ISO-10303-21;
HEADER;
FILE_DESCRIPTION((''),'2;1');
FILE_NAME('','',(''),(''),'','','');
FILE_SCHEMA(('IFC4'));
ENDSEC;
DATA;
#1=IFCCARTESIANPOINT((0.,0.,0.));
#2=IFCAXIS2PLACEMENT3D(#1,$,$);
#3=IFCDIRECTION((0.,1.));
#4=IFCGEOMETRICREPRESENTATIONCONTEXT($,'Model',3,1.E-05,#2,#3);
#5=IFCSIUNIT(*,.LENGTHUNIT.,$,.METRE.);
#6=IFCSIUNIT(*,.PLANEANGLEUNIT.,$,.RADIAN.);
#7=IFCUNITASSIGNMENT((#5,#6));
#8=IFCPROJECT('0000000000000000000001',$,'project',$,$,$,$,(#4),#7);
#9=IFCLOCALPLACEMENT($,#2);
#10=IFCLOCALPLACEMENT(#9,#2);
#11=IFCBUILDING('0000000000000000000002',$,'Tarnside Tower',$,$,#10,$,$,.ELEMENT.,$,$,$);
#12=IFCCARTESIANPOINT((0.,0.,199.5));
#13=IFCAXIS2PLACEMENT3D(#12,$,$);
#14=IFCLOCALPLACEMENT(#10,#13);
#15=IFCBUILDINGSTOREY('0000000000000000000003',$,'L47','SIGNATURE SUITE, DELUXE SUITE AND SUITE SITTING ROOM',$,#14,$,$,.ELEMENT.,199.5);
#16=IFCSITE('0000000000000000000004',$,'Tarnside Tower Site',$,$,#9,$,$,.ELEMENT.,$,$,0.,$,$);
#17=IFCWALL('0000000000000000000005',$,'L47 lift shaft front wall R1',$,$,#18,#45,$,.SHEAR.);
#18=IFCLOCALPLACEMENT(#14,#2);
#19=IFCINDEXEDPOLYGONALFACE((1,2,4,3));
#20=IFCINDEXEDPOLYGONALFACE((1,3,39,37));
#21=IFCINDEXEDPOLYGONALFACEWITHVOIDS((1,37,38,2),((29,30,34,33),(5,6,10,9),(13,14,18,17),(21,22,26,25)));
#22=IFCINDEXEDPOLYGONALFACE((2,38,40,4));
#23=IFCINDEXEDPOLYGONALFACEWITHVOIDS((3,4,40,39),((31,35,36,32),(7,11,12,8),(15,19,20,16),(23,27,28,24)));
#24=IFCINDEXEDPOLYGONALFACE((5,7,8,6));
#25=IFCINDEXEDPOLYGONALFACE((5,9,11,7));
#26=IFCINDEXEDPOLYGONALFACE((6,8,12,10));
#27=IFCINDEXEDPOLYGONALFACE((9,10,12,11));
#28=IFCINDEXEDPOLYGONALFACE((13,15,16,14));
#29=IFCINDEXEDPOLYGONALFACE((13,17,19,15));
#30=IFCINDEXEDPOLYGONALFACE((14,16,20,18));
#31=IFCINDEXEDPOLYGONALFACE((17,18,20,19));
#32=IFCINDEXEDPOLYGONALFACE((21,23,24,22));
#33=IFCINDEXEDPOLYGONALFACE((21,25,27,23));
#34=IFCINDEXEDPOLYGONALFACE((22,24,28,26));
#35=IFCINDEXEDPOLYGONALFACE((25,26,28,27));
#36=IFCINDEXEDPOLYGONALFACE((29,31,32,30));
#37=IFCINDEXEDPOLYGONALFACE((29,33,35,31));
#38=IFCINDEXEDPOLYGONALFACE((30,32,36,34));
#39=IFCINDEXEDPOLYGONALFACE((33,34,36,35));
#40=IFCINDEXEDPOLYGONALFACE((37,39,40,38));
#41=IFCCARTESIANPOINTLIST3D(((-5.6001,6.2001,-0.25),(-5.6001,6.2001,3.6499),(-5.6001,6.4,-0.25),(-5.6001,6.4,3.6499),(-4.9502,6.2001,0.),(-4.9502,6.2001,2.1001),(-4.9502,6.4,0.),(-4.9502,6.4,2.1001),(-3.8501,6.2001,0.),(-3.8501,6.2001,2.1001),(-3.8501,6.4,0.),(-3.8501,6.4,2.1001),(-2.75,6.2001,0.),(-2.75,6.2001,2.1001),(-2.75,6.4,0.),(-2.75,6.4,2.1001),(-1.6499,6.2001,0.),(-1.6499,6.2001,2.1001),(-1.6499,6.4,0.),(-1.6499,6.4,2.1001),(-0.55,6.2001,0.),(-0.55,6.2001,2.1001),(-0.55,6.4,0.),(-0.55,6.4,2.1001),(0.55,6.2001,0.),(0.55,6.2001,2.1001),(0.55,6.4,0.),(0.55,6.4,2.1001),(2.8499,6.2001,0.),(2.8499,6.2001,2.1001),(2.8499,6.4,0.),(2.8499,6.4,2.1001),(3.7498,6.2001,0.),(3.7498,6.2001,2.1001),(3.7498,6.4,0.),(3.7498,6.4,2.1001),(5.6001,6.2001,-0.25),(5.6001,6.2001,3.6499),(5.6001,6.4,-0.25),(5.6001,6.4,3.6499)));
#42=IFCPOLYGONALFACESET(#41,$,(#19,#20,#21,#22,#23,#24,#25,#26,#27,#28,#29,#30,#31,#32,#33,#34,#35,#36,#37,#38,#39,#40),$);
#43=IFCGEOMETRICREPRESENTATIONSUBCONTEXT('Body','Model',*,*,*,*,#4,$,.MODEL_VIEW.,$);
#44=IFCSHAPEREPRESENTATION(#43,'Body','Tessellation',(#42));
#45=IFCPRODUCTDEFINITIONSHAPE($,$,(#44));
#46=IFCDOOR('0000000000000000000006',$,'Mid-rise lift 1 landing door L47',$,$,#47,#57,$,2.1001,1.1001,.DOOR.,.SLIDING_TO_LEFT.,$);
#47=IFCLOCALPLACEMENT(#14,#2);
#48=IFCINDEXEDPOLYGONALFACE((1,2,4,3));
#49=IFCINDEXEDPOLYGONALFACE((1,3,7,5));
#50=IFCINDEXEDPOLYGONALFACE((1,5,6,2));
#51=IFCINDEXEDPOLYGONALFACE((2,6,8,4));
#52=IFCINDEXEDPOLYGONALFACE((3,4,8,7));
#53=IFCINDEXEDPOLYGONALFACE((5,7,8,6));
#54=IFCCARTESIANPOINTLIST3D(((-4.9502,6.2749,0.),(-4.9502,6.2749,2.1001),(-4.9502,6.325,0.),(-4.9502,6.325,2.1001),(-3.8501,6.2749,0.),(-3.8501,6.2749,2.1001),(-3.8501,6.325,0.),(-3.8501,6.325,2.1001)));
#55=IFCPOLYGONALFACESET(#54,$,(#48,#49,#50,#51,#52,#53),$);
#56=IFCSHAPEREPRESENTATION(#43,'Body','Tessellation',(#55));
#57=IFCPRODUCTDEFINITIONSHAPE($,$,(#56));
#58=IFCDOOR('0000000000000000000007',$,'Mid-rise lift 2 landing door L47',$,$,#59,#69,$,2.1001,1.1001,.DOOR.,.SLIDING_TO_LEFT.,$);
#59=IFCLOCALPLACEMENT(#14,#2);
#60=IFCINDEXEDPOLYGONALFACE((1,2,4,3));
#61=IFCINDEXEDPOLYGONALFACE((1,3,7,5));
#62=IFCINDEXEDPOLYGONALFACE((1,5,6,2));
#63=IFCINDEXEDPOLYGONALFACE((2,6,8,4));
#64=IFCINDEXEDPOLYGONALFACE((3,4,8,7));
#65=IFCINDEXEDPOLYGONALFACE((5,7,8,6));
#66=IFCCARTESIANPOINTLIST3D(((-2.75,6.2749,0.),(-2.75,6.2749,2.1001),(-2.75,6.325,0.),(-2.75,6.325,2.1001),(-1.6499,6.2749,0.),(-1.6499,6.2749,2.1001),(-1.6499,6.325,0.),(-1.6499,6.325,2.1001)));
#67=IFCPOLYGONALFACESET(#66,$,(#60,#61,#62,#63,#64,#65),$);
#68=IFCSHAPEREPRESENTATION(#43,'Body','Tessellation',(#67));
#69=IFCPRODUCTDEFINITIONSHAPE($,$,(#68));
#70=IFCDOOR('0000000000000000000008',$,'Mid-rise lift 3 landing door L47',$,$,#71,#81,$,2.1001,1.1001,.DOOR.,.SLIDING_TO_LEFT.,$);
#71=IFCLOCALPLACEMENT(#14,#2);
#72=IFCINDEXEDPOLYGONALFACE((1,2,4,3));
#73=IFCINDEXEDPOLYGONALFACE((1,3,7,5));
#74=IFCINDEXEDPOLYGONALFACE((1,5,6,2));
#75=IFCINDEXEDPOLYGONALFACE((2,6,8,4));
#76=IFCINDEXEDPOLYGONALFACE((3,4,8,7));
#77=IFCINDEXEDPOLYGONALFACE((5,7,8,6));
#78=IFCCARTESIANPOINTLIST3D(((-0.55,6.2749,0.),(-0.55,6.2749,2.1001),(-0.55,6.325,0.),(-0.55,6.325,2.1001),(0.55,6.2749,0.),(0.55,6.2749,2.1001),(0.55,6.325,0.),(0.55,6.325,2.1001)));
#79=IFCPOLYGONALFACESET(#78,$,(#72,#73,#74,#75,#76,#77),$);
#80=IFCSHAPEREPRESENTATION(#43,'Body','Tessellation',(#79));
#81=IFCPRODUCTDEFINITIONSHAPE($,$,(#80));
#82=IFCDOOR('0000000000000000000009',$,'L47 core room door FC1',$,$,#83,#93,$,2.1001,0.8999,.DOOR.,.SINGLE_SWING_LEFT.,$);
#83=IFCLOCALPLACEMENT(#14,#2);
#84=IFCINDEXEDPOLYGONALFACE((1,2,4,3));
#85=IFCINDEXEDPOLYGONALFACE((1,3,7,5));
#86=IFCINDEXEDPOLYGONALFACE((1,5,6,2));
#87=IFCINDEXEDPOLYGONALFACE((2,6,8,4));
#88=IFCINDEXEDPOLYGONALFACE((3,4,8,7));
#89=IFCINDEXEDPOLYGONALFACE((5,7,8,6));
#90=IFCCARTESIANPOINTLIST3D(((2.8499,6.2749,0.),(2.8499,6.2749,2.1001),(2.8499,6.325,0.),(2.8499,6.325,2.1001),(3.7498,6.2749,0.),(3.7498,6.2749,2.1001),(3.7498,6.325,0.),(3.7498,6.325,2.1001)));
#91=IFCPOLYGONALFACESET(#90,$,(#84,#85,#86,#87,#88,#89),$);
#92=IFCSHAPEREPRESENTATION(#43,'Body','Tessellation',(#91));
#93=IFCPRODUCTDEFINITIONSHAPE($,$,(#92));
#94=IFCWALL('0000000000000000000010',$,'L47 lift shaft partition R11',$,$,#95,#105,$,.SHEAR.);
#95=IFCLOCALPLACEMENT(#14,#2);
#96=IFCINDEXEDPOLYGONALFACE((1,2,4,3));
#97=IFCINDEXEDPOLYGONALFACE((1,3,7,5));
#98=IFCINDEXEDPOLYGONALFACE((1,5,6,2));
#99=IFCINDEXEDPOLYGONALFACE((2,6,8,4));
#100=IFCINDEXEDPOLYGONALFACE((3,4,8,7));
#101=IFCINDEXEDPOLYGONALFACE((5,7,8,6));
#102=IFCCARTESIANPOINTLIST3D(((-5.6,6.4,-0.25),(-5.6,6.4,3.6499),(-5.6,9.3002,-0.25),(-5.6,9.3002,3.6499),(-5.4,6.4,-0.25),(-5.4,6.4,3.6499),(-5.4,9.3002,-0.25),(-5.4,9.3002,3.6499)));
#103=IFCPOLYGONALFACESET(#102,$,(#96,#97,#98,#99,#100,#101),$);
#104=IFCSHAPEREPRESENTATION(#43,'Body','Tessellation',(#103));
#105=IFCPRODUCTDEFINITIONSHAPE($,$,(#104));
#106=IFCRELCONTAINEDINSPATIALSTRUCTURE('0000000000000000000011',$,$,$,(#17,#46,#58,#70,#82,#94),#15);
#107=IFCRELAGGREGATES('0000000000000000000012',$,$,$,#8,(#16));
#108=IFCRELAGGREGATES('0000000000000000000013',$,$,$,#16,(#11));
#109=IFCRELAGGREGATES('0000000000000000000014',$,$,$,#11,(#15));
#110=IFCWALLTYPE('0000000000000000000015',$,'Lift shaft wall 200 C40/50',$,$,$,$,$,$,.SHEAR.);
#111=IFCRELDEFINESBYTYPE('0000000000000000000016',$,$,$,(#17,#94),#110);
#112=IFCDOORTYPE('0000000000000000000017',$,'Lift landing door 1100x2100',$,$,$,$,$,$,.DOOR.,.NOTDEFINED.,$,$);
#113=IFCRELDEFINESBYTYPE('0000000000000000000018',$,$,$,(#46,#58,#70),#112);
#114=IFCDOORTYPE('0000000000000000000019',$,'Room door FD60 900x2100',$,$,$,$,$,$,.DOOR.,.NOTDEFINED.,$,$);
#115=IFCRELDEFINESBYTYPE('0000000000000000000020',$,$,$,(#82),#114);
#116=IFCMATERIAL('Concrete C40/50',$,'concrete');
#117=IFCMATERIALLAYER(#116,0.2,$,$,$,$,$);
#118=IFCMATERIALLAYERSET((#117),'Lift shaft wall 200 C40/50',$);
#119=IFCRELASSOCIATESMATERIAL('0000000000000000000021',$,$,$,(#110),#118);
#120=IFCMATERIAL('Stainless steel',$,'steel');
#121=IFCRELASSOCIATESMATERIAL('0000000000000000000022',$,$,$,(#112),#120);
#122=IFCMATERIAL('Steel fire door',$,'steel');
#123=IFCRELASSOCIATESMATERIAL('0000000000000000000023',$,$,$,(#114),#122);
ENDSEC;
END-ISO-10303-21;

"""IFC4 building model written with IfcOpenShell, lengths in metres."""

from ifc_helpers import new_model, si_unit, direction, frame, frame_2d, origin, place, context, subcontext, project, spatial, rectangle, extrude, material, layer, layer_set, type_object, element, fill, save


model = new_model("IFC4")

# Units and contexts
model_context = context("Model", 3, precision=1e-05, world=origin(), true_north=direction((0.0, 1.0)))
body_context = subcontext(model_context, "Body", "Model", "MODEL_VIEW")
ifc_project = project(units=[si_unit("LENGTHUNIT", "METRE"), si_unit("PLANEANGLEUNIT", "RADIAN")], contexts=[model_context])

# Site, building, storey
site_placement = place(None, origin())
site = spatial("IfcSite", under=ifc_project, at=site_placement, Name="Tarnside Tower Site", CompositionType="ELEMENT", RefElevation=0.0)
building_placement = place(site_placement, origin())
building = spatial("IfcBuilding", under=site, at=building_placement, Name="Tarnside Tower", CompositionType="ELEMENT")
storey_placement = place(building_placement, frame((0.0, 0.0, 199.5)))
storey = spatial("IfcBuildingStorey", under=building, at=storey_placement, Name="L47", Description="SIGNATURE SUITE, DELUXE SUITE AND SUITE SITTING ROOM", CompositionType="ELEMENT", Elevation=199.5)

# Shared definitions
ifc_material_1 = material(Name="Concrete C40/50", Category="concrete")

# Wall, openings, doors
ifc_layer_1 = layer(ifc_material_1, 0.2)
ifc_layer_set_1 = layer_set([ifc_layer_1], Name="Lift shaft wall 200 C40/50")
wall_type = type_object("IfcWallType", Name="Lift shaft wall 200 C40/50", PredefinedType="SHEAR", material=ifc_layer_set_1)
wall_1_placement = place(storey_placement, frame((-5.6001, 6.3, -0.25), z_axis=(0.0, 0.0, 1.0), x_axis=(1.0, 0.0, 0.0)))
wall_1 = element("IfcWall", 1, at=wall_1_placement, inside=storey, type_object=wall_type, Name="L47 lift shaft front wall R1", PredefinedType="SHEAR", context=body_context, shape_type="SweptSolid", body=[
    extrude(rectangle(XDim=11.2002, YDim=0.2, at=frame_2d((5.6001, 0.0))), origin(), (0.0, 0.0, 1.0), 3.8999),
])
opening_1_placement = place(wall_1_placement, frame((8.45, 0.0, 0.25)))
opening_1 = element("IfcOpeningElement", 2, at=opening_1_placement, cuts=wall_1, PredefinedType="OPENING", context=body_context, shape_type="SweptSolid", body=[
    extrude(rectangle(XDim=0.8999, YDim=2.1001, at=frame_2d((0.45, 1.05))), frame((0.0, 0.1099, 0.0), z_axis=(0.0, -1.0, 0.0), x_axis=(1.0, 0.0, 0.0)), (0.0, 0.0, 1.0), 0.22),
])
opening_2_placement = place(wall_1_placement, frame((0.6499, 0.0, 0.25)))
opening_2 = element("IfcOpeningElement", 3, at=opening_2_placement, cuts=wall_1, PredefinedType="OPENING", context=body_context, shape_type="SweptSolid", body=[
    extrude(rectangle(XDim=1.1001, YDim=2.1001, at=frame_2d((0.55, 1.05))), frame((0.0, 0.1099, 0.0), z_axis=(0.0, -1.0, 0.0), x_axis=(1.0, 0.0, 0.0)), (0.0, 0.0, 1.0), 0.22),
])
opening_3_placement = place(wall_1_placement, frame((2.8501, 0.0, 0.25)))
opening_3 = element("IfcOpeningElement", 4, at=opening_3_placement, cuts=wall_1, PredefinedType="OPENING", context=body_context, shape_type="SweptSolid", body=[
    extrude(rectangle(XDim=1.1001, YDim=2.1001, at=frame_2d((0.55, 1.05))), frame((0.0, 0.1099, 0.0), z_axis=(0.0, -1.0, 0.0), x_axis=(1.0, 0.0, 0.0)), (0.0, 0.0, 1.0), 0.22),
])
opening_4_placement = place(wall_1_placement, frame((5.05, 0.0, 0.25)))
opening_4 = element("IfcOpeningElement", 5, at=opening_4_placement, cuts=wall_1, PredefinedType="OPENING", context=body_context, shape_type="SweptSolid", body=[
    extrude(rectangle(XDim=1.1001, YDim=2.1001, at=frame_2d((0.55, 1.05))), frame((0.0, 0.1099, 0.0), z_axis=(0.0, -1.0, 0.0), x_axis=(1.0, 0.0, 0.0)), (0.0, 0.0, 1.0), 0.22),
])
ifc_material_2 = material(Name="Stainless steel", Category="steel")
door_type_1 = type_object("IfcDoorType", Name="Lift landing door 1100x2100", OperationType="NOTDEFINED", PredefinedType="DOOR", material=ifc_material_2)
door_1_placement = place(opening_2_placement, origin())
door_1 = element("IfcDoor", 6, at=door_1_placement, inside=storey, type_object=door_type_1, Name="Mid-rise lift 1 landing door L47", OperationType="SLIDING_TO_LEFT", OverallHeight=2.1001, OverallWidth=1.1001, PredefinedType="DOOR", context=body_context, shape_type="SweptSolid", body=[
    extrude(rectangle(XDim=1.1001, YDim=2.1001, at=frame_2d((0.55, 1.05))), frame((0.0, 0.0249, 0.0), z_axis=(0.0, -1.0, 0.0), x_axis=(1.0, 0.0, 0.0)), (0.0, 0.0, 1.0), 0.05),
])
fill(opening_2, door_1)
door_2_placement = place(opening_3_placement, origin())
door_2 = element("IfcDoor", 7, at=door_2_placement, inside=storey, type_object=door_type_1, Name="Mid-rise lift 2 landing door L47", OperationType="SLIDING_TO_LEFT", OverallHeight=2.1001, OverallWidth=1.1001, PredefinedType="DOOR", context=body_context, shape_type="SweptSolid", body=[
    extrude(rectangle(XDim=1.1001, YDim=2.1001, at=frame_2d((0.55, 1.05))), frame((0.0, 0.0249, 0.0), z_axis=(0.0, -1.0, 0.0), x_axis=(1.0, 0.0, 0.0)), (0.0, 0.0, 1.0), 0.05),
])
fill(opening_3, door_2)
door_3_placement = place(opening_4_placement, origin())
door_3 = element("IfcDoor", 8, at=door_3_placement, inside=storey, type_object=door_type_1, Name="Mid-rise lift 3 landing door L47", OperationType="SLIDING_TO_LEFT", OverallHeight=2.1001, OverallWidth=1.1001, PredefinedType="DOOR", context=body_context, shape_type="SweptSolid", body=[
    extrude(rectangle(XDim=1.1001, YDim=2.1001, at=frame_2d((0.55, 1.05))), frame((0.0, 0.0249, 0.0), z_axis=(0.0, -1.0, 0.0), x_axis=(1.0, 0.0, 0.0)), (0.0, 0.0, 1.0), 0.05),
])
fill(opening_4, door_3)
ifc_material_3 = material(Name="Steel fire door", Category="steel")
door_type_2 = type_object("IfcDoorType", Name="Room door FD60 900x2100", OperationType="NOTDEFINED", PredefinedType="DOOR", material=ifc_material_3)
door_4_placement = place(opening_1_placement, origin())
door_4 = element("IfcDoor", 9, at=door_4_placement, inside=storey, type_object=door_type_2, Name="L47 core room door FC1", OperationType="SINGLE_SWING_LEFT", OverallHeight=2.1001, OverallWidth=0.8999, PredefinedType="DOOR", context=body_context, shape_type="SweptSolid", body=[
    extrude(rectangle(XDim=0.8999, YDim=2.1001, at=frame_2d((0.45, 1.05))), frame((0.0, 0.0249, 0.0), z_axis=(0.0, -1.0, 0.0), x_axis=(1.0, 0.0, 0.0)), (0.0, 0.0, 1.0), 0.05),
])
fill(opening_1, door_4)

# Wall
wall_2_placement = place(storey_placement, frame((-5.5, 6.3999, -0.25), z_axis=(0.0, 0.0, 1.0), x_axis=(0.0, 1.0, 0.0)))
element("IfcWall", 10, at=wall_2_placement, inside=storey, type_object=wall_type, Name="L47 lift shaft partition R11", PredefinedType="SHEAR", context=body_context, shape_type="SweptSolid", body=[
    extrude(rectangle(XDim=2.9001, YDim=0.2, at=frame_2d((1.4502, 0.0))), origin(), (0.0, 0.0, 1.0), 3.8999),
])

save(model, "model.ifc")
